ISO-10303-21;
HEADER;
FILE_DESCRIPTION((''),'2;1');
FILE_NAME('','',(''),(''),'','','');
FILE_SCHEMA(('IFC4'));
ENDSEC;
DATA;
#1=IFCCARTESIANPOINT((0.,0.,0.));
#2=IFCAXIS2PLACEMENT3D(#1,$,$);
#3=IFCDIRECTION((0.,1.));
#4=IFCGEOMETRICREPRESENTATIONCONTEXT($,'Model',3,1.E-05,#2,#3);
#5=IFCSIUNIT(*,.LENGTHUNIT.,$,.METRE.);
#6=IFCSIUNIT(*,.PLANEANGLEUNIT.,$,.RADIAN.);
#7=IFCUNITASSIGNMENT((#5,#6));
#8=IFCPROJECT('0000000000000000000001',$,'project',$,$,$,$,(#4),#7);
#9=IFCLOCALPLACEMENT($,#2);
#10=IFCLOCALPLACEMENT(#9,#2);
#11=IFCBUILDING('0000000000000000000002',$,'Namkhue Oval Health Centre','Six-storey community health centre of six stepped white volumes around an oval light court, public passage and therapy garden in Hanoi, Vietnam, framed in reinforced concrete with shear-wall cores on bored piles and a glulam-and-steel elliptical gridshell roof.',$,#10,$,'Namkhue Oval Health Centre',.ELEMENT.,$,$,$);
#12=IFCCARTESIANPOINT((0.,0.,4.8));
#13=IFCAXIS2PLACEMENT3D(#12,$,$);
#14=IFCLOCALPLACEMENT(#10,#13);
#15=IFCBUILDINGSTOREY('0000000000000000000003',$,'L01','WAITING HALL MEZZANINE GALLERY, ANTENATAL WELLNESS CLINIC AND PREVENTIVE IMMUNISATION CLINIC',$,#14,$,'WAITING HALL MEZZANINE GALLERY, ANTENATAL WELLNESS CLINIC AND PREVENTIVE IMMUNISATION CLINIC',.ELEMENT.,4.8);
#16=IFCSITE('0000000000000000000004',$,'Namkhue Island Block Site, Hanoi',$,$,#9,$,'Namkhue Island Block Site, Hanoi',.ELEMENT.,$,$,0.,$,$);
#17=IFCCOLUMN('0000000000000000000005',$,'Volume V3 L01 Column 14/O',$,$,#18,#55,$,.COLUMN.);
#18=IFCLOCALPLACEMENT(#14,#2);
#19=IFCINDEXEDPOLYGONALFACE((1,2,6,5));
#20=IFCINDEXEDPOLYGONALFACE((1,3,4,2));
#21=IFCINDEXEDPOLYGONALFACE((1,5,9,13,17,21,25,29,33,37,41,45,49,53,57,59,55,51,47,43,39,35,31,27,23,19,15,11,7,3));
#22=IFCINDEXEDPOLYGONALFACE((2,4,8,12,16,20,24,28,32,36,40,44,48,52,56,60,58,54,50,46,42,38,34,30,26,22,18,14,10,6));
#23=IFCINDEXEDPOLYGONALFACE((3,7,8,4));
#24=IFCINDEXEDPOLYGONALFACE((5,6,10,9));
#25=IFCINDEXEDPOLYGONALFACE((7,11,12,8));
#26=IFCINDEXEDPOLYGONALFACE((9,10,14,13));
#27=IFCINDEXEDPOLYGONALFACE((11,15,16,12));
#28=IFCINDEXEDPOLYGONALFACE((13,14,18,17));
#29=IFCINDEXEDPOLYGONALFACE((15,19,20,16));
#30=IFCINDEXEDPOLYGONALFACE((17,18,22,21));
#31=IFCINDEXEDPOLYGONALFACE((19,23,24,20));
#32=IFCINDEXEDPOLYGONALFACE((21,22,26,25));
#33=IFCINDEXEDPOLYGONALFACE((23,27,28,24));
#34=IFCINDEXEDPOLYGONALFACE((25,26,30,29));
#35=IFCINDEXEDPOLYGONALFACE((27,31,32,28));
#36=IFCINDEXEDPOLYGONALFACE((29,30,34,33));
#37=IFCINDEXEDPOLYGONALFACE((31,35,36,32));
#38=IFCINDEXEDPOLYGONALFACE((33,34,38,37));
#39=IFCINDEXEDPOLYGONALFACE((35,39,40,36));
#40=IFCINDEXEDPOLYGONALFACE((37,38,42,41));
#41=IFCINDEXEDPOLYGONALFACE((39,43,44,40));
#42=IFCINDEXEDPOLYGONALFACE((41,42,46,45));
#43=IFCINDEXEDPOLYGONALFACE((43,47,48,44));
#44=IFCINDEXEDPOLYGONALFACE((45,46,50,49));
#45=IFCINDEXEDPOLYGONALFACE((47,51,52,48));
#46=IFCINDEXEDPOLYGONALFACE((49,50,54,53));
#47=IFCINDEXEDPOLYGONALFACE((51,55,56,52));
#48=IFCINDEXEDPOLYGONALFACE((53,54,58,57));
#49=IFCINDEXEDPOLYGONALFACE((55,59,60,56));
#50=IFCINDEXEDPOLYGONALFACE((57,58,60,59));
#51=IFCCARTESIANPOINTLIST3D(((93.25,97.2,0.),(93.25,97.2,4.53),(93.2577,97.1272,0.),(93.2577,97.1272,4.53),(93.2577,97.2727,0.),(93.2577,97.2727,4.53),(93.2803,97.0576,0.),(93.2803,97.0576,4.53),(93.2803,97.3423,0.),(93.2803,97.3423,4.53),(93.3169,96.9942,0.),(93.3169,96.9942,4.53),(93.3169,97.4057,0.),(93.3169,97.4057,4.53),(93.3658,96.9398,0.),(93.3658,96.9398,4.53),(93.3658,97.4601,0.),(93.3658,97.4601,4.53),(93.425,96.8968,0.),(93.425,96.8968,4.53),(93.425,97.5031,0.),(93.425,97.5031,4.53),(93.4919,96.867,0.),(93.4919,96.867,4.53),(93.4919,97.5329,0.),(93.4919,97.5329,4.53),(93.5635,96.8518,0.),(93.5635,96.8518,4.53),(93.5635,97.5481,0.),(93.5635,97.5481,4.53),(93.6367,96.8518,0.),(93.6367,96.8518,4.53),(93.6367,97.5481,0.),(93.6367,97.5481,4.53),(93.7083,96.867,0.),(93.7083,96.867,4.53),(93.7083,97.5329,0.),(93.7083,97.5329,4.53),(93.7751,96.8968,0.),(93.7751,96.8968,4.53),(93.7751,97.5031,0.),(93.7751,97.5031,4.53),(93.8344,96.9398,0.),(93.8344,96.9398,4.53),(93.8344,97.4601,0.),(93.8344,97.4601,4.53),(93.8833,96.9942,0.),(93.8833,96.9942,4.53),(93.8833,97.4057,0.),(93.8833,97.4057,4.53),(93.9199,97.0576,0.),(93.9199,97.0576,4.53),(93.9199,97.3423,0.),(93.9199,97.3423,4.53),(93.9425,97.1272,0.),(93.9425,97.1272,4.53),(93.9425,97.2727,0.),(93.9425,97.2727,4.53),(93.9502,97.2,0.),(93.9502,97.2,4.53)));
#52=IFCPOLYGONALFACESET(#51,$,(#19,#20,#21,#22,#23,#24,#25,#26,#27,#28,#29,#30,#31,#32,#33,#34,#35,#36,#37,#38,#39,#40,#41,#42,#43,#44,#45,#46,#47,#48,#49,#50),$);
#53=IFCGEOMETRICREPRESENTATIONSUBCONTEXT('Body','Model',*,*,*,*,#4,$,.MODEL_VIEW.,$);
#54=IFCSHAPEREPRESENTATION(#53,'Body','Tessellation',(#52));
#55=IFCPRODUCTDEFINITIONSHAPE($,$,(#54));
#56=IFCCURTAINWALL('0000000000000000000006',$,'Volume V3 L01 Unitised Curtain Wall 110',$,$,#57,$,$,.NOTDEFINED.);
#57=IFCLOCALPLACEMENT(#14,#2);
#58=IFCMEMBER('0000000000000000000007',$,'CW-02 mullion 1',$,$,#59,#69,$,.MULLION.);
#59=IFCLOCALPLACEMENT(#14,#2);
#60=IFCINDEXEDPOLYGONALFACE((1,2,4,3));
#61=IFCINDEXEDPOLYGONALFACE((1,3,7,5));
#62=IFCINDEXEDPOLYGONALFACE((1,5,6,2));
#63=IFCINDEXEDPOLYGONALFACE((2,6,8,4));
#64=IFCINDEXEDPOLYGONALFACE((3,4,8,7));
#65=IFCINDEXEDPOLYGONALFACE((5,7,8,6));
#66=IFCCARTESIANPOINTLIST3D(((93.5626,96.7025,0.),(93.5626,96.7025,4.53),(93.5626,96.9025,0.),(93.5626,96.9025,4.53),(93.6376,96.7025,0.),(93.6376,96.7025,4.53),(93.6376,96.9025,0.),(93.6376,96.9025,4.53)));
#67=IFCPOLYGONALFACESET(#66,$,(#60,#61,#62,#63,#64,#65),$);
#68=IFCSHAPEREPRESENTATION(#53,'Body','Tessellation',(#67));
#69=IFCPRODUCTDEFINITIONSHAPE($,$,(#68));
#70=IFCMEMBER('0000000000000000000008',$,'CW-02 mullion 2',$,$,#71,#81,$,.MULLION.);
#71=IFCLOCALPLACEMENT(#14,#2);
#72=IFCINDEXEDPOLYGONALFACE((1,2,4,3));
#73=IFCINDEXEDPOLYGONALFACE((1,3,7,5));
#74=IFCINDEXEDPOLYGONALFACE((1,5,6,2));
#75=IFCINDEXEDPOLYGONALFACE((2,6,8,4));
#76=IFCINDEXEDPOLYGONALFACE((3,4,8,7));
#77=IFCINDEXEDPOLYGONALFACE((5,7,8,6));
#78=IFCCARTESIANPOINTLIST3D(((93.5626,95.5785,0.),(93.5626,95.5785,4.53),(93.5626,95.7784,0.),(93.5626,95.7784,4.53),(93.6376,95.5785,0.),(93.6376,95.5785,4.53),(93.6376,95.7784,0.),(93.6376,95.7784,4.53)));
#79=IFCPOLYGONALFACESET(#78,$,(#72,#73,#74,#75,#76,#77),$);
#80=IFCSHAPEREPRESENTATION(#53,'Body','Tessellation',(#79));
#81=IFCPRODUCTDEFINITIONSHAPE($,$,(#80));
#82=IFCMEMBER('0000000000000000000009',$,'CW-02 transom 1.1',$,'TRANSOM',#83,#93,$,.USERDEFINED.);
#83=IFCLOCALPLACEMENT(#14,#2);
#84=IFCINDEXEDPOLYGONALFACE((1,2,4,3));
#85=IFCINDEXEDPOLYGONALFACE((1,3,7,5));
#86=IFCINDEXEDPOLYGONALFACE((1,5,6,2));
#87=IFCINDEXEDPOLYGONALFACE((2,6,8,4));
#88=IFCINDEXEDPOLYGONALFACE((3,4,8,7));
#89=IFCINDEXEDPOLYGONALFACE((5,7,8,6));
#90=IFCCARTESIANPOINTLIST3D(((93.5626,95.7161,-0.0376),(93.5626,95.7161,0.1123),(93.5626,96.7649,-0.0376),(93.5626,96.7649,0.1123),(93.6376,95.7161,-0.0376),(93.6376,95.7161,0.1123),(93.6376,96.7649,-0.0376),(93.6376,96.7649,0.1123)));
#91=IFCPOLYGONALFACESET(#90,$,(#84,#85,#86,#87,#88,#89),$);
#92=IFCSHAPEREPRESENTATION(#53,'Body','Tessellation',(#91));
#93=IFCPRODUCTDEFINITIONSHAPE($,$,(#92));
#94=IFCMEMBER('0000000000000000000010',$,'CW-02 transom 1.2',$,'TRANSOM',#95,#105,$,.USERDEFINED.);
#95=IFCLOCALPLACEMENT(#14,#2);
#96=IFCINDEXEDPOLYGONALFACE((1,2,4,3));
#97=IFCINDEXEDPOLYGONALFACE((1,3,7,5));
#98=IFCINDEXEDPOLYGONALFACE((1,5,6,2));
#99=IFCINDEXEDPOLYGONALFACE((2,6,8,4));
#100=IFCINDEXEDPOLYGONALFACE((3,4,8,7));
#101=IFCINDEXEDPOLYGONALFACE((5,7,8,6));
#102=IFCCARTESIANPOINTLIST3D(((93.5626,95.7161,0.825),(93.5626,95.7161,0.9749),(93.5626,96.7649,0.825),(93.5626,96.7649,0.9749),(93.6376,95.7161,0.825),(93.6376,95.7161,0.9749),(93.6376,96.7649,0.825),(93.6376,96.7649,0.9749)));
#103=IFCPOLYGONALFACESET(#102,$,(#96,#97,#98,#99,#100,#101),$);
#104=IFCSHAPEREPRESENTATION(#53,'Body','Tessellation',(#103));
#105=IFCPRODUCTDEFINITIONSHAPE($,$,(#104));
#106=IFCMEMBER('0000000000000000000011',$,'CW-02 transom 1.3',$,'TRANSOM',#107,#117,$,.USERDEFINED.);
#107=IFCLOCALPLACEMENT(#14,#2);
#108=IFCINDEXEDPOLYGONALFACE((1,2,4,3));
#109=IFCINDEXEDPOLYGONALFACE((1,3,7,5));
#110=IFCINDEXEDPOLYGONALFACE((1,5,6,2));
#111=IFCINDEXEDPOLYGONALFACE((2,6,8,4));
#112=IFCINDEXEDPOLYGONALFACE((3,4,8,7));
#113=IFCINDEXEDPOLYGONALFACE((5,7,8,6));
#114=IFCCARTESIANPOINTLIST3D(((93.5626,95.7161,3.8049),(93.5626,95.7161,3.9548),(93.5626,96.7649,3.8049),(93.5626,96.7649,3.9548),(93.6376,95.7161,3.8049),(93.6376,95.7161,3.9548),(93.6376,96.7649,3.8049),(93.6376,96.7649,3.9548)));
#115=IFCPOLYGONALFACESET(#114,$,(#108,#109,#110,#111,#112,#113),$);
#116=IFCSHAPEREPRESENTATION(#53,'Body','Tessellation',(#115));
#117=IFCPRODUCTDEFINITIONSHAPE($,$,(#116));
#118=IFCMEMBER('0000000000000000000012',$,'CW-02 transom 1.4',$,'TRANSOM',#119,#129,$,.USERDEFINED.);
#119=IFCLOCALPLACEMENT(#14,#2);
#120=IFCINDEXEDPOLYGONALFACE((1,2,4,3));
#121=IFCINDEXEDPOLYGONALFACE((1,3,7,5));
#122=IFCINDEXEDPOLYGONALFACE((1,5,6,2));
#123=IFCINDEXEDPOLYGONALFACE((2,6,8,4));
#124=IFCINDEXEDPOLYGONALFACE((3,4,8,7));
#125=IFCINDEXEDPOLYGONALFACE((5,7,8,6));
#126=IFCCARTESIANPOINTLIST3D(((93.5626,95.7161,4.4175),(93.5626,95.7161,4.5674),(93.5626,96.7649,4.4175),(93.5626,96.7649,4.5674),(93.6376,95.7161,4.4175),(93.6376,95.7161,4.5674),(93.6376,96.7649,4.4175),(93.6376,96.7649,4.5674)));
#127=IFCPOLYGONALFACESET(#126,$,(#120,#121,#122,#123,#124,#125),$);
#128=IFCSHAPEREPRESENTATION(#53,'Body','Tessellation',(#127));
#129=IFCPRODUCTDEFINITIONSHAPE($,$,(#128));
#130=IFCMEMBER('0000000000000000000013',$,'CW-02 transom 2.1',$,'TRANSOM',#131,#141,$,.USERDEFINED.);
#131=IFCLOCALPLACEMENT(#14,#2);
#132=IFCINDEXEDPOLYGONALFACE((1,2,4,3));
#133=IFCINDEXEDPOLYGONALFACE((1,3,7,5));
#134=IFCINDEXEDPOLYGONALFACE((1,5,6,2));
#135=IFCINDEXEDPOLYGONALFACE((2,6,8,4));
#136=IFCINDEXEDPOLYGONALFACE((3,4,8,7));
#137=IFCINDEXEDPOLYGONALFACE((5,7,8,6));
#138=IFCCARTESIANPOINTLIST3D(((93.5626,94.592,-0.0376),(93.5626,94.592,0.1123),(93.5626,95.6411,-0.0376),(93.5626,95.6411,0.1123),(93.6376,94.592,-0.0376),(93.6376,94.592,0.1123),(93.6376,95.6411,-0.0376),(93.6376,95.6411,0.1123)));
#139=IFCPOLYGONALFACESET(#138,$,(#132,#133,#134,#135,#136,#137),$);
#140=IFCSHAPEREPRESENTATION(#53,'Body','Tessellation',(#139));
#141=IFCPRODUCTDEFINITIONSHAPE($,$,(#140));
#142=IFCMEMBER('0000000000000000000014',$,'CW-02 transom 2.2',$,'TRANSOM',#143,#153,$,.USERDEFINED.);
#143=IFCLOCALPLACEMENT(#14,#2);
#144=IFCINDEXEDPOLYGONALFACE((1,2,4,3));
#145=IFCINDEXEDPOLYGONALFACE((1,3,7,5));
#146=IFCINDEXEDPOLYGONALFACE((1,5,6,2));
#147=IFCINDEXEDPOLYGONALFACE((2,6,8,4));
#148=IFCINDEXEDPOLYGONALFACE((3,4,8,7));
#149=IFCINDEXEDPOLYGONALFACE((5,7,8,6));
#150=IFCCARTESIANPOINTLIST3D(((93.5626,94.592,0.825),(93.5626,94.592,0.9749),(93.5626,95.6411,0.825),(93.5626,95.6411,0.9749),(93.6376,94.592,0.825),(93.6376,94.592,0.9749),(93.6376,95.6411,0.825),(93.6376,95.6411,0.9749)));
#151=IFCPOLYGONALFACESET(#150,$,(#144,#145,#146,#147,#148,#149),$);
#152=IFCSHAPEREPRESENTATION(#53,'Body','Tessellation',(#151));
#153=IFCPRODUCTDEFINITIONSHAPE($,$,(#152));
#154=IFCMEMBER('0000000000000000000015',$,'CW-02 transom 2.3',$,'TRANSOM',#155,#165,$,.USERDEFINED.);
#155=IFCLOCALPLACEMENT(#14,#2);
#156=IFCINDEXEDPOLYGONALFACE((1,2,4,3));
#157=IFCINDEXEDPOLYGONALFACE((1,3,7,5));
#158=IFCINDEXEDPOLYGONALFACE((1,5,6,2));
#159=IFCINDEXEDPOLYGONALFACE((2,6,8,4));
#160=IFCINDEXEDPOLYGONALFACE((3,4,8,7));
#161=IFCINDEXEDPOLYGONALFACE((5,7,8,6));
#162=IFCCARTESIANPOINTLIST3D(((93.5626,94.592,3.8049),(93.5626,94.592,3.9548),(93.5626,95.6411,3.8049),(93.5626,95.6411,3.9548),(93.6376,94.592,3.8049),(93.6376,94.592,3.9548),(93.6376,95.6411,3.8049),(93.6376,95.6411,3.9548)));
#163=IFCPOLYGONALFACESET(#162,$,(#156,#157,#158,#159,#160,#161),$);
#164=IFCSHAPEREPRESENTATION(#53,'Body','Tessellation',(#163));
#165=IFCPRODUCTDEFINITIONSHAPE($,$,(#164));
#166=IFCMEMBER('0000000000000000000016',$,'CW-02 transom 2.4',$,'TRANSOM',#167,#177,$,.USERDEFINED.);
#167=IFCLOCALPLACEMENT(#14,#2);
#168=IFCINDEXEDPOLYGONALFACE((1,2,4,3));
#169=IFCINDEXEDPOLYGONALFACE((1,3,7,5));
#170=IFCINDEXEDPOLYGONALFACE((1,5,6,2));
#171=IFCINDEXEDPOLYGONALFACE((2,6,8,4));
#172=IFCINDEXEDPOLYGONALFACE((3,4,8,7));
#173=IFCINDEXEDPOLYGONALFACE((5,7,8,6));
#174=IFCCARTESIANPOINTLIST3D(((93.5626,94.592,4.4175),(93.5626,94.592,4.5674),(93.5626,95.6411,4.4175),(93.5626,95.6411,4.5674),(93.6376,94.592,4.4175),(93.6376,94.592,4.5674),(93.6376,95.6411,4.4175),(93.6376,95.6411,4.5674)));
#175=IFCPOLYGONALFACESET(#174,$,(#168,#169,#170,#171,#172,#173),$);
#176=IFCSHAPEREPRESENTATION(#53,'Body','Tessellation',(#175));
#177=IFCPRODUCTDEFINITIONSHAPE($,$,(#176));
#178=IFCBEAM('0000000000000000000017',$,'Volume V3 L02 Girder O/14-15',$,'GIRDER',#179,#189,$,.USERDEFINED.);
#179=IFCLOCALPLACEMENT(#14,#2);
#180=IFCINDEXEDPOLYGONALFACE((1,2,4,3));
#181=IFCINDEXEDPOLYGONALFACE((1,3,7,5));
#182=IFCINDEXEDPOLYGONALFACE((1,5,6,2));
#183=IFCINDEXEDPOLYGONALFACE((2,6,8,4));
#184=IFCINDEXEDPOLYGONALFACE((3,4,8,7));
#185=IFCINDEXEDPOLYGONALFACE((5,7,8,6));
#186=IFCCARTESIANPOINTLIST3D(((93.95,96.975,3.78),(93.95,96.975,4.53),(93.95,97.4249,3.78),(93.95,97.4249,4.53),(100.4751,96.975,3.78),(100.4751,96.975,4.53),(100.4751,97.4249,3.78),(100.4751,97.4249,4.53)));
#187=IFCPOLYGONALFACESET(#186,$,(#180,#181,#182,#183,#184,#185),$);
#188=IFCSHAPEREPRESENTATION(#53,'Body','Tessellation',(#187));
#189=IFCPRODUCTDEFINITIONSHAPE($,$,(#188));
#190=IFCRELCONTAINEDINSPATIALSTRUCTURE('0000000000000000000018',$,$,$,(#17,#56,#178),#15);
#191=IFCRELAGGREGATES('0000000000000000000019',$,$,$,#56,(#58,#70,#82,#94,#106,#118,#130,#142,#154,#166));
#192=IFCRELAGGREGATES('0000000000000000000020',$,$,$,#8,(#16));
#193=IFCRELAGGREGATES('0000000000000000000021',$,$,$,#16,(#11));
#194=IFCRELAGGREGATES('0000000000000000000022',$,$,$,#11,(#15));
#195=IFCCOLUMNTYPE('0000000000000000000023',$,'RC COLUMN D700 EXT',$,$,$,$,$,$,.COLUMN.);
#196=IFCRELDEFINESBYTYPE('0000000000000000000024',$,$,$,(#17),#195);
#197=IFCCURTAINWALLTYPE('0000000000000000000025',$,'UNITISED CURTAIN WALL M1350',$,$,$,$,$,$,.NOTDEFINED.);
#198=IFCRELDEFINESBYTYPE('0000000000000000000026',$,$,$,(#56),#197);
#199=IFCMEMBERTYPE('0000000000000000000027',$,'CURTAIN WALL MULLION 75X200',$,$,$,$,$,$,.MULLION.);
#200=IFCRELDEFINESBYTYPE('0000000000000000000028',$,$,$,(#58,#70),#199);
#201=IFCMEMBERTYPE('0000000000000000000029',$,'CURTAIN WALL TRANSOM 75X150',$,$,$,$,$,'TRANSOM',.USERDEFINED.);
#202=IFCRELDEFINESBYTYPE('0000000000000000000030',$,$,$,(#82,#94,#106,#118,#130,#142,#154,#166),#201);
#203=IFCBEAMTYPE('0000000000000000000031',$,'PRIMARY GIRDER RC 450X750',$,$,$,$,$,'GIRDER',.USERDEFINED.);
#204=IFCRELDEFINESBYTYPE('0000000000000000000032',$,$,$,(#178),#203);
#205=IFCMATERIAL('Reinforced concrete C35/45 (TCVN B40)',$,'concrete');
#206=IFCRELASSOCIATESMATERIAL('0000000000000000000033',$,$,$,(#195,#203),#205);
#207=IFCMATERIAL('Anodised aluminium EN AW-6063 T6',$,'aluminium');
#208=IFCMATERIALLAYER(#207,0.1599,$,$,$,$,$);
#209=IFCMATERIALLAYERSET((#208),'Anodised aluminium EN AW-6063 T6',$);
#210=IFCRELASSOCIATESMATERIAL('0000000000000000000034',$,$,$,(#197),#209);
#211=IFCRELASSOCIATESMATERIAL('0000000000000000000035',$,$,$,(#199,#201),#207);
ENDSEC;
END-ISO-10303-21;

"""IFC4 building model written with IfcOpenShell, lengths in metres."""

from ifc_helpers import new_model, si_unit, direction, frame, origin, origin_2d, place, context, subcontext, project, spatial, rectangle, circle, extrude, material, layer, layer_set, material_profile, profile_set, type_object, element, aggregate, save


model = new_model("IFC4")

# Units and contexts
model_context = context("Model", 3, precision=1e-05, world=origin(), true_north=direction((0.0, 1.0)))
body_context = subcontext(model_context, "Body", "Model", "MODEL_VIEW")
ifc_project = project(units=[si_unit("LENGTHUNIT", "METRE"), si_unit("PLANEANGLEUNIT", "RADIAN")], contexts=[model_context])

# Site, building, storey
site_placement = place(None, origin())
site = spatial("IfcSite", under=ifc_project, at=site_placement, Name="Namkhue Island Block Site, Hanoi", LongName="Namkhue Island Block Site, Hanoi", CompositionType="ELEMENT", RefElevation=0.0)
building_placement = place(site_placement, origin())
building = spatial("IfcBuilding", under=site, at=building_placement, Name="Namkhue Oval Health Centre", Description="Six-storey community health centre of six stepped white volumes around an oval light court, public passage and therapy garden in Hanoi, Vietnam, framed in reinforced concrete with shear-wall cores on bored piles and a glulam-and-steel elliptical gridshell roof.", LongName="Namkhue Oval Health Centre", CompositionType="ELEMENT")
storey_placement = place(building_placement, frame((0.0, 0.0, 4.8)))
storey = spatial("IfcBuildingStorey", under=building, at=storey_placement, Name="L01", Description="WAITING HALL MEZZANINE GALLERY, ANTENATAL WELLNESS CLINIC AND PREVENTIVE IMMUNISATION CLINIC", LongName="WAITING HALL MEZZANINE GALLERY, ANTENATAL WELLNESS CLINIC AND PREVENTIVE IMMUNISATION CLINIC", CompositionType="ELEMENT", Elevation=4.8)

# Column
ifc_material_1 = material(Name="Reinforced concrete C35/45 (TCVN B40)", Category="concrete")
ifc_material_profile_1 = material_profile(ifc_material_1, circle(Radius=0.3501, at=origin_2d()), Name="RC D700")
ifc_profile_set_1 = profile_set([ifc_material_profile_1], Name="Reinforced concrete C35/45 (TCVN B40)")
column_type = type_object("IfcColumnType", Name="RC COLUMN D700 EXT", PredefinedType="COLUMN", material=ifc_profile_set_1)
column_placement = place(storey_placement, frame((93.6001, 97.2, 0.0), z_axis=(0.0, 0.0, 1.0), x_axis=(1.0, 0.0, 0.0)))
element("IfcColumn", 1, at=column_placement, inside=storey, type_object=column_type, Name="Volume V3 L01 Column 14/O", PredefinedType="COLUMN", context=body_context, shape_type="SweptSolid", body=[
    extrude(circle(Radius=0.3501, at=origin_2d()), origin(), (0.0, 0.0, 1.0), 4.53),
])

# Curtain wall, members
ifc_material_2 = material(Name="Anodised aluminium EN AW-6063 T6", Category="aluminium")
ifc_layer_1 = layer(ifc_material_2, 0.1599)
ifc_layer_set_1 = layer_set([ifc_layer_1], Name="Anodised aluminium EN AW-6063 T6")
curtain_wall_type = type_object("IfcCurtainWallType", Name="UNITISED CURTAIN WALL M1350", PredefinedType="NOTDEFINED", material=ifc_layer_set_1)
curtain_wall_placement = place(storey_placement, origin())
curtain_wall = element("IfcCurtainWall", 2, at=curtain_wall_placement, inside=storey, type_object=curtain_wall_type, Name="Volume V3 L01 Unitised Curtain Wall 110", PredefinedType="NOTDEFINED")
ifc_material_profile_2 = material_profile(ifc_material_2, rectangle(XDim=0.075, YDim=0.2, at=origin_2d()), Name="ALU 75x200")
ifc_profile_set_2 = profile_set([ifc_material_profile_2], Name="Anodised aluminium EN AW-6063 T6")
member_type_1 = type_object("IfcMemberType", Name="CURTAIN WALL MULLION 75X200", PredefinedType="MULLION", material=ifc_profile_set_2)
member_1_placement = place(storey_placement, frame((93.6001, 96.8025, 0.0), z_axis=(0.0, 0.0, 1.0), x_axis=(1.0, 0.0, 0.0)))
member_1 = element("IfcMember", 3, at=member_1_placement, type_object=member_type_1, Name="CW-02 mullion 1", PredefinedType="MULLION", context=body_context, shape_type="SweptSolid", body=[
    extrude(rectangle(XDim=0.075, YDim=0.2, at=origin_2d()), origin(), (0.0, 0.0, 1.0), 4.53),
])
member_2_placement = place(storey_placement, frame((93.6001, 95.6785, 0.0), z_axis=(0.0, 0.0, 1.0), x_axis=(1.0, 0.0, 0.0)))
member_2 = element("IfcMember", 4, at=member_2_placement, type_object=member_type_1, Name="CW-02 mullion 2", PredefinedType="MULLION", context=body_context, shape_type="SweptSolid", body=[
    extrude(rectangle(XDim=0.075, YDim=0.2, at=origin_2d()), origin(), (0.0, 0.0, 1.0), 4.53),
])
ifc_material_profile_3 = material_profile(ifc_material_2, rectangle(XDim=0.075, YDim=0.1499, at=origin_2d()), Name="ALU 75x150")
ifc_profile_set_3 = profile_set([ifc_material_profile_3], Name="Anodised aluminium EN AW-6063 T6")
member_type_2 = type_object("IfcMemberType", Name="CURTAIN WALL TRANSOM 75X150", ElementType="TRANSOM", PredefinedType="USERDEFINED", material=ifc_profile_set_3)
member_3_placement = place(storey_placement, frame((93.6001, 96.7649, 0.0374), z_axis=(0.0, -1.0, 0.0), x_axis=(1.0, 0.0, 0.0)))
member_3 = element("IfcMember", 5, at=member_3_placement, type_object=member_type_2, Name="CW-02 transom 1.1", ObjectType="TRANSOM", PredefinedType="USERDEFINED", context=body_context, shape_type="SweptSolid", body=[
    extrude(rectangle(XDim=0.075, YDim=0.1499, at=origin_2d()), origin(), (0.0, 0.0, 1.0), 1.0488),
])
member_4_placement = place(storey_placement, frame((93.6001, 96.7649, 0.8999), z_axis=(0.0, -1.0, 0.0), x_axis=(1.0, 0.0, 0.0)))
member_4 = element("IfcMember", 6, at=member_4_placement, type_object=member_type_2, Name="CW-02 transom 1.2", ObjectType="TRANSOM", PredefinedType="USERDEFINED", context=body_context, shape_type="SweptSolid", body=[
    extrude(rectangle(XDim=0.075, YDim=0.1499, at=origin_2d()), origin(), (0.0, 0.0, 1.0), 1.0488),
])
member_5_placement = place(storey_placement, frame((93.6001, 96.7649, 3.8799), z_axis=(0.0, -1.0, 0.0), x_axis=(1.0, 0.0, 0.0)))
member_5 = element("IfcMember", 7, at=member_5_placement, type_object=member_type_2, Name="CW-02 transom 1.3", ObjectType="TRANSOM", PredefinedType="USERDEFINED", context=body_context, shape_type="SweptSolid", body=[
    extrude(rectangle(XDim=0.075, YDim=0.1499, at=origin_2d()), origin(), (0.0, 0.0, 1.0), 1.0488),
])
member_6_placement = place(storey_placement, frame((93.6001, 96.7649, 4.4924), z_axis=(0.0, -1.0, 0.0), x_axis=(1.0, 0.0, 0.0)))
member_6 = element("IfcMember", 8, at=member_6_placement, type_object=member_type_2, Name="CW-02 transom 1.4", ObjectType="TRANSOM", PredefinedType="USERDEFINED", context=body_context, shape_type="SweptSolid", body=[
    extrude(rectangle(XDim=0.075, YDim=0.1499, at=origin_2d()), origin(), (0.0, 0.0, 1.0), 1.0488),
])
member_7_placement = place(storey_placement, frame((93.6001, 95.6411, 0.0374), z_axis=(0.0, -1.0, 0.0), x_axis=(1.0, 0.0, 0.0)))
member_7 = element("IfcMember", 9, at=member_7_placement, type_object=member_type_2, Name="CW-02 transom 2.1", ObjectType="TRANSOM", PredefinedType="USERDEFINED", context=body_context, shape_type="SweptSolid", body=[
    extrude(rectangle(XDim=0.075, YDim=0.1499, at=origin_2d()), origin(), (0.0, 0.0, 1.0), 1.0491),
])
member_8_placement = place(storey_placement, frame((93.6001, 95.6411, 0.8999), z_axis=(0.0, -1.0, 0.0), x_axis=(1.0, 0.0, 0.0)))
member_8 = element("IfcMember", 10, at=member_8_placement, type_object=member_type_2, Name="CW-02 transom 2.2", ObjectType="TRANSOM", PredefinedType="USERDEFINED", context=body_context, shape_type="SweptSolid", body=[
    extrude(rectangle(XDim=0.075, YDim=0.1499, at=origin_2d()), origin(), (0.0, 0.0, 1.0), 1.0491),
])
member_9_placement = place(storey_placement, frame((93.6001, 95.6411, 3.8799), z_axis=(0.0, -1.0, 0.0), x_axis=(1.0, 0.0, 0.0)))
member_9 = element("IfcMember", 11, at=member_9_placement, type_object=member_type_2, Name="CW-02 transom 2.3", ObjectType="TRANSOM", PredefinedType="USERDEFINED", context=body_context, shape_type="SweptSolid", body=[
    extrude(rectangle(XDim=0.075, YDim=0.1499, at=origin_2d()), origin(), (0.0, 0.0, 1.0), 1.0491),
])
member_10_placement = place(storey_placement, frame((93.6001, 95.6411, 4.4924), z_axis=(0.0, -1.0, 0.0), x_axis=(1.0, 0.0, 0.0)))
member_10 = element("IfcMember", 12, at=member_10_placement, type_object=member_type_2, Name="CW-02 transom 2.4", ObjectType="TRANSOM", PredefinedType="USERDEFINED", context=body_context, shape_type="SweptSolid", body=[
    extrude(rectangle(XDim=0.075, YDim=0.1499, at=origin_2d()), origin(), (0.0, 0.0, 1.0), 1.0491),
])

# Beam
ifc_material_profile_4 = material_profile(ifc_material_1, rectangle(XDim=0.45, YDim=0.75, at=origin_2d()), Name="RC 450x750")
ifc_profile_set_4 = profile_set([ifc_material_profile_4], Name="Reinforced concrete C35/45 (TCVN B40)")
beam_type = type_object("IfcBeamType", Name="PRIMARY GIRDER RC 450X750", ElementType="GIRDER", PredefinedType="USERDEFINED", material=ifc_profile_set_4)
beam_placement = place(storey_placement, frame((93.95, 97.2, 4.155), z_axis=(1.0, 0.0, 0.0), x_axis=(0.0, 1.0, 0.0)))
element("IfcBeam", 13, at=beam_placement, inside=storey, type_object=beam_type, Name="Volume V3 L02 Girder O/14-15", ObjectType="GIRDER", PredefinedType="USERDEFINED", context=body_context, shape_type="SweptSolid", body=[
    extrude(rectangle(XDim=0.45, YDim=0.75, at=origin_2d()), origin(), (0.0, 0.0, 1.0), 6.5251),
])

aggregate(curtain_wall, [member_1, member_2, member_3, member_4, member_5, member_6, member_7, member_8, member_9, member_10])

save(model, "model.ifc")
